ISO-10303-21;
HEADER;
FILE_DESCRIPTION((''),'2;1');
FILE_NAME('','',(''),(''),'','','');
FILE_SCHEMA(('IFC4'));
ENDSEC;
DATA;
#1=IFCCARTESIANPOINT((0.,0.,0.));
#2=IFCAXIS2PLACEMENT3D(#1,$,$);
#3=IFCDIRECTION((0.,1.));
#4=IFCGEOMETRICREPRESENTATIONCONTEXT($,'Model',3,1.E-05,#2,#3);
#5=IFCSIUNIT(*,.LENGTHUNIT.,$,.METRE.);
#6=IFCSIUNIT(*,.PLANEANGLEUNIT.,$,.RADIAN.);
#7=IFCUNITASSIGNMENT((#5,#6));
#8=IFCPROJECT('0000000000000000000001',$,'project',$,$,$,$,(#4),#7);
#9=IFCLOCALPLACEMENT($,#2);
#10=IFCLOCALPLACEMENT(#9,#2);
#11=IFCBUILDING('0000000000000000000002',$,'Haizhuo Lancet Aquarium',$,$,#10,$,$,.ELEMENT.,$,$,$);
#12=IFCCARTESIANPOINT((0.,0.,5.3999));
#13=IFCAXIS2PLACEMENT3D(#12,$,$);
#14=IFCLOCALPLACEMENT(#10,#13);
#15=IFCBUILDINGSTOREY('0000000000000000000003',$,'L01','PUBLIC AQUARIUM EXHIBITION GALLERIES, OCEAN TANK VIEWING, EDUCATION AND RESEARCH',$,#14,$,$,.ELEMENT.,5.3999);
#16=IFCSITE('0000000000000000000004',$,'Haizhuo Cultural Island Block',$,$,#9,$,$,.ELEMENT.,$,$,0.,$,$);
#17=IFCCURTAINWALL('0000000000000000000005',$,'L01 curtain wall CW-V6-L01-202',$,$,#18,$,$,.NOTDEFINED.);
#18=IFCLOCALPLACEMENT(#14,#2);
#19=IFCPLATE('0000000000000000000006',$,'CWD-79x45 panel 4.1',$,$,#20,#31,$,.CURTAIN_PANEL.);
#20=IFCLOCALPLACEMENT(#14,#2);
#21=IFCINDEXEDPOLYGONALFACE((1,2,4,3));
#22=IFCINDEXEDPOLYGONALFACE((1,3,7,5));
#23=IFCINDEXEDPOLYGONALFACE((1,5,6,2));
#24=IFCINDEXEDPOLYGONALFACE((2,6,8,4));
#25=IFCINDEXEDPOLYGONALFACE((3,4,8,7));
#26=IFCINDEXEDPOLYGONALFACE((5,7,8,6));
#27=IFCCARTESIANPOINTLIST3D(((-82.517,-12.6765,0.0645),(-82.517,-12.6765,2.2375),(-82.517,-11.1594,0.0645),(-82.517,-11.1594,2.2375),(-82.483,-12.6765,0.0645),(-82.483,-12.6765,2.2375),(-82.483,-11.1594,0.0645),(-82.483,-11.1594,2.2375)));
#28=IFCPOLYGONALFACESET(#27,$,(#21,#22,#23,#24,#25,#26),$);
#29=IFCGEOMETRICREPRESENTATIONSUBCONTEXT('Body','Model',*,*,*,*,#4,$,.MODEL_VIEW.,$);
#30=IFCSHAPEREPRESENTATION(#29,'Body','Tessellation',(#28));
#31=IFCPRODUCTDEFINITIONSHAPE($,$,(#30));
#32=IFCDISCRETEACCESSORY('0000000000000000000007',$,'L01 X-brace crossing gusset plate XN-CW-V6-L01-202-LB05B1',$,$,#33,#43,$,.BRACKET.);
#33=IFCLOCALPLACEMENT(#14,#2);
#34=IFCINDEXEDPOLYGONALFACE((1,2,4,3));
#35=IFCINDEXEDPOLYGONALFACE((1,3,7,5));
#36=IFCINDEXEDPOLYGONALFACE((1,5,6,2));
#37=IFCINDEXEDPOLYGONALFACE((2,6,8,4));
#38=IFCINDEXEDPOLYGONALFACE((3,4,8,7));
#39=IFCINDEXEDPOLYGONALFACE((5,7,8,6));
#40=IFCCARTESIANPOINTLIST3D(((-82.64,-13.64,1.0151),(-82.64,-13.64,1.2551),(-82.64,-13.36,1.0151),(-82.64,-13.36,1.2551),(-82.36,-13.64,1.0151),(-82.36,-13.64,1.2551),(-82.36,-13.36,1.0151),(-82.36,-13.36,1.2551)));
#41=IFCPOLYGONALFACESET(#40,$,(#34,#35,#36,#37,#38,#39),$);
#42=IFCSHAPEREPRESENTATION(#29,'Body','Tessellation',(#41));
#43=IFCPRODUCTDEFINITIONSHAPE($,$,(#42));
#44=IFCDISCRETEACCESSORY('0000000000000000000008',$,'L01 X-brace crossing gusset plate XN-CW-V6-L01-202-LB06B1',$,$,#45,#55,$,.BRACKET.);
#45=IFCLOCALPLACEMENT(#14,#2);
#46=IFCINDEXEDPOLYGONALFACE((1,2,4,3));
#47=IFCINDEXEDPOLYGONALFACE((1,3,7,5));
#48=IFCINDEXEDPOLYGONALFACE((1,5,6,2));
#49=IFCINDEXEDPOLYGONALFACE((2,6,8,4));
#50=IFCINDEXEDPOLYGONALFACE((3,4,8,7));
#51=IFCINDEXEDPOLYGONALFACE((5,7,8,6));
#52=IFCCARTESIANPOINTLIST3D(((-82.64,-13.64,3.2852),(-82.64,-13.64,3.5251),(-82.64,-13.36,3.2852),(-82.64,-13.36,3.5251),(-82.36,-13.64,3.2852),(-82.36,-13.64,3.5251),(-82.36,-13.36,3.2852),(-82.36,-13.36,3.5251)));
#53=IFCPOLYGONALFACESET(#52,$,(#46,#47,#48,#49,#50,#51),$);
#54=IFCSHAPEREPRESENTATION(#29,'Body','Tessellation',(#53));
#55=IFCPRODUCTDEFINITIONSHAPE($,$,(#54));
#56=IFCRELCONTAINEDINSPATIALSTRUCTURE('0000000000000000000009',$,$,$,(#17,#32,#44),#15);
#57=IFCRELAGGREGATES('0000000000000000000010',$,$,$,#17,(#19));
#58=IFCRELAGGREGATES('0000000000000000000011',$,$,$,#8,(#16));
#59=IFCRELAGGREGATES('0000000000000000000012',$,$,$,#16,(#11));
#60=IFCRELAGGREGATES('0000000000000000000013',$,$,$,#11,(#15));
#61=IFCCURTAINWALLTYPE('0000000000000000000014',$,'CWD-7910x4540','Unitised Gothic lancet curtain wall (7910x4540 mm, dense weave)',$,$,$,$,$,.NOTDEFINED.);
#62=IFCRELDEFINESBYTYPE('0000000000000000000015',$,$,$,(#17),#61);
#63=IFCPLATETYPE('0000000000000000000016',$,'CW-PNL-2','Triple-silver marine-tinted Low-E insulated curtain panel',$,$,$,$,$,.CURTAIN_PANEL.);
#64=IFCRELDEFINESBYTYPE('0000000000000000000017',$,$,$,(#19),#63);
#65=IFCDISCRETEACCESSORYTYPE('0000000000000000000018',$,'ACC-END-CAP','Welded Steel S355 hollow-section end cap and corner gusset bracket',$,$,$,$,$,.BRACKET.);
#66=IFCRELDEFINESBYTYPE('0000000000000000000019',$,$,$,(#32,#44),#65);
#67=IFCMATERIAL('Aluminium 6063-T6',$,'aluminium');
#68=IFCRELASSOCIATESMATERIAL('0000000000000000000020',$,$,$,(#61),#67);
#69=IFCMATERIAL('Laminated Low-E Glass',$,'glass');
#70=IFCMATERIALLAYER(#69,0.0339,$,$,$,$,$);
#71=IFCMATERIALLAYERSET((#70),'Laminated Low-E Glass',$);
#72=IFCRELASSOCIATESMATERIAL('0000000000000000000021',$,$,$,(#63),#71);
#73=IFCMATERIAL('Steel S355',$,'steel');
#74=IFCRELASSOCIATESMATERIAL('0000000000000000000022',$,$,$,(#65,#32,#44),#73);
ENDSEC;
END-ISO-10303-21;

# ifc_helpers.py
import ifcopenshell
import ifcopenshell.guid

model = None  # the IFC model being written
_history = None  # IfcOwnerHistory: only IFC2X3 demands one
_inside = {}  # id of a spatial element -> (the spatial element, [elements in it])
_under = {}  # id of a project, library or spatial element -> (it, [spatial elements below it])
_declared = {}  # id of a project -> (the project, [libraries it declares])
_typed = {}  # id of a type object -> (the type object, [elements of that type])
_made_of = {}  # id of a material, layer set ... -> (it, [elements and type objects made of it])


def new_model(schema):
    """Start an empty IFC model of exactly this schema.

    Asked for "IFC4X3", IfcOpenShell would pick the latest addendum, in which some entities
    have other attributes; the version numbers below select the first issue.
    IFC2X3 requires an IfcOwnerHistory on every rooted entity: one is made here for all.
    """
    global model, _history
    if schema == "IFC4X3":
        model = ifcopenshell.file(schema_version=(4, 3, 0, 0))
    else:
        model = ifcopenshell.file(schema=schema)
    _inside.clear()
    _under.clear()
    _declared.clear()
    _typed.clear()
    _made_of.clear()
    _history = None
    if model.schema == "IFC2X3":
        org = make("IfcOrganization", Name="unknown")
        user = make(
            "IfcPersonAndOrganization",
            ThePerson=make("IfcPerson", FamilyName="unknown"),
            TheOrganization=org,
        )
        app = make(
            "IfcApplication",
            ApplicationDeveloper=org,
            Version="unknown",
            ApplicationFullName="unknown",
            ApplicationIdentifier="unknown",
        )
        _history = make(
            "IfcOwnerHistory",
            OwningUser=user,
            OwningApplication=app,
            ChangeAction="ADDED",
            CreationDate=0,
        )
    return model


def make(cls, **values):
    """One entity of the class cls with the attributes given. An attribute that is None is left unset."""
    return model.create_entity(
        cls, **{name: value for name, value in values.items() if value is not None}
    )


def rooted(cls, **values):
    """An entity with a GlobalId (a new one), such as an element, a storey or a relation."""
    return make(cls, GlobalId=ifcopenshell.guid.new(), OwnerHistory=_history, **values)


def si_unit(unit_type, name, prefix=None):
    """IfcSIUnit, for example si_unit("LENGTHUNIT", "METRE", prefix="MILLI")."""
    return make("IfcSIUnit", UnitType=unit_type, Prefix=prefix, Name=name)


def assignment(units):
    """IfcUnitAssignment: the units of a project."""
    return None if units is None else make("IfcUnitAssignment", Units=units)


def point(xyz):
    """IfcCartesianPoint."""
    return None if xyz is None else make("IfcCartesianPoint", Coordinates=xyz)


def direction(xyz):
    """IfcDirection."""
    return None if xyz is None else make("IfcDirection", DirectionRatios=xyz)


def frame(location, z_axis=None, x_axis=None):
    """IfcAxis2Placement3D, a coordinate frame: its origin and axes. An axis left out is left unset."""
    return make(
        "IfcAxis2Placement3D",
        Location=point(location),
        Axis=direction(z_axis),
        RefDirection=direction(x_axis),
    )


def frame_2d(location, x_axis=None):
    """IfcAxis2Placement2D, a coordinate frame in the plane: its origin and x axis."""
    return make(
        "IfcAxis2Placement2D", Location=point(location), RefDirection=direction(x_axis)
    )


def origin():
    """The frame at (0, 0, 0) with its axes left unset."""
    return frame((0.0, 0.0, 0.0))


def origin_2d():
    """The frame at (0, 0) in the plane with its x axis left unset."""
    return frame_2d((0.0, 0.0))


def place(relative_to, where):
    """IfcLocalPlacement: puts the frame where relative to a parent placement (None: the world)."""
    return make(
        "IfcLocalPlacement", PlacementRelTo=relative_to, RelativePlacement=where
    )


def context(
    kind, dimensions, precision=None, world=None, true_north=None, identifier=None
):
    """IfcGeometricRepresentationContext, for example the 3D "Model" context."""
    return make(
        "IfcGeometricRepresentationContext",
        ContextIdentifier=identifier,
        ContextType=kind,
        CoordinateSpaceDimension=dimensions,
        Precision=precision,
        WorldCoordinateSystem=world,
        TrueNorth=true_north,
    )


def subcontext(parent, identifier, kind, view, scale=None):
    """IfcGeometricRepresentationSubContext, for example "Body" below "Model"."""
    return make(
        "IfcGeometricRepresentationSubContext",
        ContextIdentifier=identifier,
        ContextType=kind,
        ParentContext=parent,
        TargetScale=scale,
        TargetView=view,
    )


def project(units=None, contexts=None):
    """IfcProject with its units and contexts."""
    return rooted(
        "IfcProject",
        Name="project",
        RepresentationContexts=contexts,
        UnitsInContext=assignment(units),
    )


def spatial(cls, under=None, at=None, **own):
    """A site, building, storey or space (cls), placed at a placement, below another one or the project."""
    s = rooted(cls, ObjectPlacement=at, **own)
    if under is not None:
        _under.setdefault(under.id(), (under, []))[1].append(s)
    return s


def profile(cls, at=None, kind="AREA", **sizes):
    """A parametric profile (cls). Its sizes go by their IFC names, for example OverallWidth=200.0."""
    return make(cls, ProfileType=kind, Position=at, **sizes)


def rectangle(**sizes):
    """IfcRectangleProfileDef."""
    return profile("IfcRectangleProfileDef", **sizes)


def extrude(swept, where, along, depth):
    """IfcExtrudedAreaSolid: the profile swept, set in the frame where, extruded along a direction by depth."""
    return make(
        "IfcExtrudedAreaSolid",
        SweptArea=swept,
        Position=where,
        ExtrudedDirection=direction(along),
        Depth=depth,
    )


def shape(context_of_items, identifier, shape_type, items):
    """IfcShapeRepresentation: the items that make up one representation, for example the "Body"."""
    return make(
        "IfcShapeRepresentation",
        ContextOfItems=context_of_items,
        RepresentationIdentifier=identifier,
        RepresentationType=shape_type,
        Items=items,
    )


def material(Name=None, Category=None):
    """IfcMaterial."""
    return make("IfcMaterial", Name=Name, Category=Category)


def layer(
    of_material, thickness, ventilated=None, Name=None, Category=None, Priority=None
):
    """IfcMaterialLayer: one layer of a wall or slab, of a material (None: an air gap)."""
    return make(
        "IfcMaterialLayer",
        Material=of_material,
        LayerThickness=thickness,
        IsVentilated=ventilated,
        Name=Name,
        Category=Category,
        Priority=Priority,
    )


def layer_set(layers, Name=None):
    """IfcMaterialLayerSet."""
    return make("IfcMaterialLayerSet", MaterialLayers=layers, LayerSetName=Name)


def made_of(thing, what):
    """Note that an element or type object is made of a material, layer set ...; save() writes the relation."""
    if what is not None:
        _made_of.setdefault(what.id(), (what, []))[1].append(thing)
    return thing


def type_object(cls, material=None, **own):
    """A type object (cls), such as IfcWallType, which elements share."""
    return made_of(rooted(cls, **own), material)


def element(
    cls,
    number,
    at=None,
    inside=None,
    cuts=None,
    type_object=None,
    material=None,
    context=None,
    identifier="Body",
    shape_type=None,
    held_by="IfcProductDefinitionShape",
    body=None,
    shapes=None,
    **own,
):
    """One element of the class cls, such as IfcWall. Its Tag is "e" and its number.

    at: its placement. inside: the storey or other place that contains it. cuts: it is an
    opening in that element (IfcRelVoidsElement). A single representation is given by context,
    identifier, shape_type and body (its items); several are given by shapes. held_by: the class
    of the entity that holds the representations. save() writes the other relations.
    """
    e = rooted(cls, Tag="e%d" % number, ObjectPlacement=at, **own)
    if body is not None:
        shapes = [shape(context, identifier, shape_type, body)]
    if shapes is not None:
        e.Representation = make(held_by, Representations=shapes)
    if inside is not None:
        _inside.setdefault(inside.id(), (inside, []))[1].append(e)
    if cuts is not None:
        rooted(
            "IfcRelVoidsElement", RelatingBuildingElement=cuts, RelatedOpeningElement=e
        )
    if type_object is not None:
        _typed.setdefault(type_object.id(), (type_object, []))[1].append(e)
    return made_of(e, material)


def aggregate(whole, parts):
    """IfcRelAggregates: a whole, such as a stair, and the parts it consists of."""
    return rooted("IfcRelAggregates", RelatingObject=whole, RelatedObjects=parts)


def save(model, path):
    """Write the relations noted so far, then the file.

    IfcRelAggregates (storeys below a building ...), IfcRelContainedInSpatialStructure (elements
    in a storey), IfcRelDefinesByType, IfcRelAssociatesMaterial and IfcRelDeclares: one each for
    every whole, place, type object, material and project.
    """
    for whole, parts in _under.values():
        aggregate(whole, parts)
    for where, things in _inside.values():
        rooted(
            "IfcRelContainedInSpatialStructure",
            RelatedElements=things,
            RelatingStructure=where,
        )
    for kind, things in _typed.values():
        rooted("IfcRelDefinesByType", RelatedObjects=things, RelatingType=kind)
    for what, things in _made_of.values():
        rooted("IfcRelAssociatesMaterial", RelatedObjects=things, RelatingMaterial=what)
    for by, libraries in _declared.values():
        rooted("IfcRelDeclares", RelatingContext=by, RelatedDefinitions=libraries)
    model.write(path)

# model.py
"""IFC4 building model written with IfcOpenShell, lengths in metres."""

from ifc_helpers import new_model, si_unit, direction, frame, origin, origin_2d, place, context, subcontext, project, spatial, rectangle, extrude, material, layer, layer_set, type_object, element, aggregate, save


model = new_model("IFC4")

# Units and contexts
model_context = context("Model", 3, precision=1e-05, world=origin(), true_north=direction((0.0, 1.0)))
body_context = subcontext(model_context, "Body", "Model", "MODEL_VIEW")
ifc_project = project(units=[si_unit("LENGTHUNIT", "METRE"), si_unit("PLANEANGLEUNIT", "RADIAN")], contexts=[model_context])

# Site, building, storey
site_placement = place(None, origin())
site = spatial("IfcSite", under=ifc_project, at=site_placement, Name="Haizhuo Cultural Island Block", CompositionType="ELEMENT", RefElevation=0.0)
building_placement = place(site_placement, origin())
building = spatial("IfcBuilding", under=site, at=building_placement, Name="Haizhuo Lancet Aquarium", CompositionType="ELEMENT")
storey_placement = place(building_placement, frame((0.0, 0.0, 5.3999)))
storey = spatial("IfcBuildingStorey", under=building, at=storey_placement, Name="L01", Description="PUBLIC AQUARIUM EXHIBITION GALLERIES, OCEAN TANK VIEWING, EDUCATION AND RESEARCH", CompositionType="ELEMENT", Elevation=5.3999)

# Curtain wall
ifc_material_1 = material(Name="Aluminium 6063-T6", Category="aluminium")
curtain_wall_type = type_object("IfcCurtainWallType", Name="CWD-7910x4540", Description="Unitised Gothic lancet curtain wall (7910x4540 mm, dense weave)", PredefinedType="NOTDEFINED", material=ifc_material_1)
curtain_wall_placement = place(storey_placement, origin())
curtain_wall = element("IfcCurtainWall", 1, at=curtain_wall_placement, inside=storey, type_object=curtain_wall_type, Name="L01 curtain wall CW-V6-L01-202", PredefinedType="NOTDEFINED")

# Shared definitions
ifc_material_2 = material(Name="Steel S355", Category="steel")

# Plate
ifc_material_3 = material(Name="Laminated Low-E Glass", Category="glass")
ifc_layer = layer(ifc_material_3, 0.0339)
ifc_layer_set = layer_set([ifc_layer], Name="Laminated Low-E Glass")
plate_type = type_object("IfcPlateType", Name="CW-PNL-2", Description="Triple-silver marine-tinted Low-E insulated curtain panel", PredefinedType="CURTAIN_PANEL", material=ifc_layer_set)
plate_1_placement = place(storey_placement, frame((-82.5, -11.918, 0.0645), z_axis=(0.0, 0.0, 1.0), x_axis=(0.0, 1.0, 0.0)))
plate_1 = element("IfcPlate", 2, at=plate_1_placement, type_object=plate_type, Name="CWD-79x45 panel 4.1", PredefinedType="CURTAIN_PANEL", context=body_context, shape_type="SweptSolid", body=[
    extrude(rectangle(XDim=1.5171, YDim=0.0339, at=origin_2d()), origin(), (0.0, 0.0, 1.0), 2.1731),
])
aggregate(curtain_wall, [plate_1])

# Discrete accessories
discrete_accessory_type = type_object("IfcDiscreteAccessoryType", Name="ACC-END-CAP", Description="Welded Steel S355 hollow-section end cap and corner gusset bracket", PredefinedType="BRACKET", material=ifc_material_2)
for number, where, z_axis, x_axis, name in (
    (3, (-82.5, -13.5, 1.0151), (0.0, 0.0, 1.0), (1.0, 0.0, 0.0), "L01 X-brace crossing gusset plate XN-CW-V6-L01-202-LB05B1"),
    (4, (-82.5, -13.5, 3.2852), (0.0, 0.0, 1.0), (1.0, 0.0, 0.0), "L01 X-brace crossing gusset plate XN-CW-V6-L01-202-LB06B1"),
):
    element("IfcDiscreteAccessory", number, at=place(storey_placement, frame(where, z_axis=z_axis, x_axis=x_axis)), inside=storey, type_object=discrete_accessory_type, material=ifc_material_2, Name=name, PredefinedType="BRACKET", context=body_context, shape_type="SweptSolid", body=[
        extrude(rectangle(XDim=0.28, YDim=0.28, at=origin_2d()), origin(), (0.0, 0.0, 1.0), 0.24),
    ])

save(model, "model.ifc")
